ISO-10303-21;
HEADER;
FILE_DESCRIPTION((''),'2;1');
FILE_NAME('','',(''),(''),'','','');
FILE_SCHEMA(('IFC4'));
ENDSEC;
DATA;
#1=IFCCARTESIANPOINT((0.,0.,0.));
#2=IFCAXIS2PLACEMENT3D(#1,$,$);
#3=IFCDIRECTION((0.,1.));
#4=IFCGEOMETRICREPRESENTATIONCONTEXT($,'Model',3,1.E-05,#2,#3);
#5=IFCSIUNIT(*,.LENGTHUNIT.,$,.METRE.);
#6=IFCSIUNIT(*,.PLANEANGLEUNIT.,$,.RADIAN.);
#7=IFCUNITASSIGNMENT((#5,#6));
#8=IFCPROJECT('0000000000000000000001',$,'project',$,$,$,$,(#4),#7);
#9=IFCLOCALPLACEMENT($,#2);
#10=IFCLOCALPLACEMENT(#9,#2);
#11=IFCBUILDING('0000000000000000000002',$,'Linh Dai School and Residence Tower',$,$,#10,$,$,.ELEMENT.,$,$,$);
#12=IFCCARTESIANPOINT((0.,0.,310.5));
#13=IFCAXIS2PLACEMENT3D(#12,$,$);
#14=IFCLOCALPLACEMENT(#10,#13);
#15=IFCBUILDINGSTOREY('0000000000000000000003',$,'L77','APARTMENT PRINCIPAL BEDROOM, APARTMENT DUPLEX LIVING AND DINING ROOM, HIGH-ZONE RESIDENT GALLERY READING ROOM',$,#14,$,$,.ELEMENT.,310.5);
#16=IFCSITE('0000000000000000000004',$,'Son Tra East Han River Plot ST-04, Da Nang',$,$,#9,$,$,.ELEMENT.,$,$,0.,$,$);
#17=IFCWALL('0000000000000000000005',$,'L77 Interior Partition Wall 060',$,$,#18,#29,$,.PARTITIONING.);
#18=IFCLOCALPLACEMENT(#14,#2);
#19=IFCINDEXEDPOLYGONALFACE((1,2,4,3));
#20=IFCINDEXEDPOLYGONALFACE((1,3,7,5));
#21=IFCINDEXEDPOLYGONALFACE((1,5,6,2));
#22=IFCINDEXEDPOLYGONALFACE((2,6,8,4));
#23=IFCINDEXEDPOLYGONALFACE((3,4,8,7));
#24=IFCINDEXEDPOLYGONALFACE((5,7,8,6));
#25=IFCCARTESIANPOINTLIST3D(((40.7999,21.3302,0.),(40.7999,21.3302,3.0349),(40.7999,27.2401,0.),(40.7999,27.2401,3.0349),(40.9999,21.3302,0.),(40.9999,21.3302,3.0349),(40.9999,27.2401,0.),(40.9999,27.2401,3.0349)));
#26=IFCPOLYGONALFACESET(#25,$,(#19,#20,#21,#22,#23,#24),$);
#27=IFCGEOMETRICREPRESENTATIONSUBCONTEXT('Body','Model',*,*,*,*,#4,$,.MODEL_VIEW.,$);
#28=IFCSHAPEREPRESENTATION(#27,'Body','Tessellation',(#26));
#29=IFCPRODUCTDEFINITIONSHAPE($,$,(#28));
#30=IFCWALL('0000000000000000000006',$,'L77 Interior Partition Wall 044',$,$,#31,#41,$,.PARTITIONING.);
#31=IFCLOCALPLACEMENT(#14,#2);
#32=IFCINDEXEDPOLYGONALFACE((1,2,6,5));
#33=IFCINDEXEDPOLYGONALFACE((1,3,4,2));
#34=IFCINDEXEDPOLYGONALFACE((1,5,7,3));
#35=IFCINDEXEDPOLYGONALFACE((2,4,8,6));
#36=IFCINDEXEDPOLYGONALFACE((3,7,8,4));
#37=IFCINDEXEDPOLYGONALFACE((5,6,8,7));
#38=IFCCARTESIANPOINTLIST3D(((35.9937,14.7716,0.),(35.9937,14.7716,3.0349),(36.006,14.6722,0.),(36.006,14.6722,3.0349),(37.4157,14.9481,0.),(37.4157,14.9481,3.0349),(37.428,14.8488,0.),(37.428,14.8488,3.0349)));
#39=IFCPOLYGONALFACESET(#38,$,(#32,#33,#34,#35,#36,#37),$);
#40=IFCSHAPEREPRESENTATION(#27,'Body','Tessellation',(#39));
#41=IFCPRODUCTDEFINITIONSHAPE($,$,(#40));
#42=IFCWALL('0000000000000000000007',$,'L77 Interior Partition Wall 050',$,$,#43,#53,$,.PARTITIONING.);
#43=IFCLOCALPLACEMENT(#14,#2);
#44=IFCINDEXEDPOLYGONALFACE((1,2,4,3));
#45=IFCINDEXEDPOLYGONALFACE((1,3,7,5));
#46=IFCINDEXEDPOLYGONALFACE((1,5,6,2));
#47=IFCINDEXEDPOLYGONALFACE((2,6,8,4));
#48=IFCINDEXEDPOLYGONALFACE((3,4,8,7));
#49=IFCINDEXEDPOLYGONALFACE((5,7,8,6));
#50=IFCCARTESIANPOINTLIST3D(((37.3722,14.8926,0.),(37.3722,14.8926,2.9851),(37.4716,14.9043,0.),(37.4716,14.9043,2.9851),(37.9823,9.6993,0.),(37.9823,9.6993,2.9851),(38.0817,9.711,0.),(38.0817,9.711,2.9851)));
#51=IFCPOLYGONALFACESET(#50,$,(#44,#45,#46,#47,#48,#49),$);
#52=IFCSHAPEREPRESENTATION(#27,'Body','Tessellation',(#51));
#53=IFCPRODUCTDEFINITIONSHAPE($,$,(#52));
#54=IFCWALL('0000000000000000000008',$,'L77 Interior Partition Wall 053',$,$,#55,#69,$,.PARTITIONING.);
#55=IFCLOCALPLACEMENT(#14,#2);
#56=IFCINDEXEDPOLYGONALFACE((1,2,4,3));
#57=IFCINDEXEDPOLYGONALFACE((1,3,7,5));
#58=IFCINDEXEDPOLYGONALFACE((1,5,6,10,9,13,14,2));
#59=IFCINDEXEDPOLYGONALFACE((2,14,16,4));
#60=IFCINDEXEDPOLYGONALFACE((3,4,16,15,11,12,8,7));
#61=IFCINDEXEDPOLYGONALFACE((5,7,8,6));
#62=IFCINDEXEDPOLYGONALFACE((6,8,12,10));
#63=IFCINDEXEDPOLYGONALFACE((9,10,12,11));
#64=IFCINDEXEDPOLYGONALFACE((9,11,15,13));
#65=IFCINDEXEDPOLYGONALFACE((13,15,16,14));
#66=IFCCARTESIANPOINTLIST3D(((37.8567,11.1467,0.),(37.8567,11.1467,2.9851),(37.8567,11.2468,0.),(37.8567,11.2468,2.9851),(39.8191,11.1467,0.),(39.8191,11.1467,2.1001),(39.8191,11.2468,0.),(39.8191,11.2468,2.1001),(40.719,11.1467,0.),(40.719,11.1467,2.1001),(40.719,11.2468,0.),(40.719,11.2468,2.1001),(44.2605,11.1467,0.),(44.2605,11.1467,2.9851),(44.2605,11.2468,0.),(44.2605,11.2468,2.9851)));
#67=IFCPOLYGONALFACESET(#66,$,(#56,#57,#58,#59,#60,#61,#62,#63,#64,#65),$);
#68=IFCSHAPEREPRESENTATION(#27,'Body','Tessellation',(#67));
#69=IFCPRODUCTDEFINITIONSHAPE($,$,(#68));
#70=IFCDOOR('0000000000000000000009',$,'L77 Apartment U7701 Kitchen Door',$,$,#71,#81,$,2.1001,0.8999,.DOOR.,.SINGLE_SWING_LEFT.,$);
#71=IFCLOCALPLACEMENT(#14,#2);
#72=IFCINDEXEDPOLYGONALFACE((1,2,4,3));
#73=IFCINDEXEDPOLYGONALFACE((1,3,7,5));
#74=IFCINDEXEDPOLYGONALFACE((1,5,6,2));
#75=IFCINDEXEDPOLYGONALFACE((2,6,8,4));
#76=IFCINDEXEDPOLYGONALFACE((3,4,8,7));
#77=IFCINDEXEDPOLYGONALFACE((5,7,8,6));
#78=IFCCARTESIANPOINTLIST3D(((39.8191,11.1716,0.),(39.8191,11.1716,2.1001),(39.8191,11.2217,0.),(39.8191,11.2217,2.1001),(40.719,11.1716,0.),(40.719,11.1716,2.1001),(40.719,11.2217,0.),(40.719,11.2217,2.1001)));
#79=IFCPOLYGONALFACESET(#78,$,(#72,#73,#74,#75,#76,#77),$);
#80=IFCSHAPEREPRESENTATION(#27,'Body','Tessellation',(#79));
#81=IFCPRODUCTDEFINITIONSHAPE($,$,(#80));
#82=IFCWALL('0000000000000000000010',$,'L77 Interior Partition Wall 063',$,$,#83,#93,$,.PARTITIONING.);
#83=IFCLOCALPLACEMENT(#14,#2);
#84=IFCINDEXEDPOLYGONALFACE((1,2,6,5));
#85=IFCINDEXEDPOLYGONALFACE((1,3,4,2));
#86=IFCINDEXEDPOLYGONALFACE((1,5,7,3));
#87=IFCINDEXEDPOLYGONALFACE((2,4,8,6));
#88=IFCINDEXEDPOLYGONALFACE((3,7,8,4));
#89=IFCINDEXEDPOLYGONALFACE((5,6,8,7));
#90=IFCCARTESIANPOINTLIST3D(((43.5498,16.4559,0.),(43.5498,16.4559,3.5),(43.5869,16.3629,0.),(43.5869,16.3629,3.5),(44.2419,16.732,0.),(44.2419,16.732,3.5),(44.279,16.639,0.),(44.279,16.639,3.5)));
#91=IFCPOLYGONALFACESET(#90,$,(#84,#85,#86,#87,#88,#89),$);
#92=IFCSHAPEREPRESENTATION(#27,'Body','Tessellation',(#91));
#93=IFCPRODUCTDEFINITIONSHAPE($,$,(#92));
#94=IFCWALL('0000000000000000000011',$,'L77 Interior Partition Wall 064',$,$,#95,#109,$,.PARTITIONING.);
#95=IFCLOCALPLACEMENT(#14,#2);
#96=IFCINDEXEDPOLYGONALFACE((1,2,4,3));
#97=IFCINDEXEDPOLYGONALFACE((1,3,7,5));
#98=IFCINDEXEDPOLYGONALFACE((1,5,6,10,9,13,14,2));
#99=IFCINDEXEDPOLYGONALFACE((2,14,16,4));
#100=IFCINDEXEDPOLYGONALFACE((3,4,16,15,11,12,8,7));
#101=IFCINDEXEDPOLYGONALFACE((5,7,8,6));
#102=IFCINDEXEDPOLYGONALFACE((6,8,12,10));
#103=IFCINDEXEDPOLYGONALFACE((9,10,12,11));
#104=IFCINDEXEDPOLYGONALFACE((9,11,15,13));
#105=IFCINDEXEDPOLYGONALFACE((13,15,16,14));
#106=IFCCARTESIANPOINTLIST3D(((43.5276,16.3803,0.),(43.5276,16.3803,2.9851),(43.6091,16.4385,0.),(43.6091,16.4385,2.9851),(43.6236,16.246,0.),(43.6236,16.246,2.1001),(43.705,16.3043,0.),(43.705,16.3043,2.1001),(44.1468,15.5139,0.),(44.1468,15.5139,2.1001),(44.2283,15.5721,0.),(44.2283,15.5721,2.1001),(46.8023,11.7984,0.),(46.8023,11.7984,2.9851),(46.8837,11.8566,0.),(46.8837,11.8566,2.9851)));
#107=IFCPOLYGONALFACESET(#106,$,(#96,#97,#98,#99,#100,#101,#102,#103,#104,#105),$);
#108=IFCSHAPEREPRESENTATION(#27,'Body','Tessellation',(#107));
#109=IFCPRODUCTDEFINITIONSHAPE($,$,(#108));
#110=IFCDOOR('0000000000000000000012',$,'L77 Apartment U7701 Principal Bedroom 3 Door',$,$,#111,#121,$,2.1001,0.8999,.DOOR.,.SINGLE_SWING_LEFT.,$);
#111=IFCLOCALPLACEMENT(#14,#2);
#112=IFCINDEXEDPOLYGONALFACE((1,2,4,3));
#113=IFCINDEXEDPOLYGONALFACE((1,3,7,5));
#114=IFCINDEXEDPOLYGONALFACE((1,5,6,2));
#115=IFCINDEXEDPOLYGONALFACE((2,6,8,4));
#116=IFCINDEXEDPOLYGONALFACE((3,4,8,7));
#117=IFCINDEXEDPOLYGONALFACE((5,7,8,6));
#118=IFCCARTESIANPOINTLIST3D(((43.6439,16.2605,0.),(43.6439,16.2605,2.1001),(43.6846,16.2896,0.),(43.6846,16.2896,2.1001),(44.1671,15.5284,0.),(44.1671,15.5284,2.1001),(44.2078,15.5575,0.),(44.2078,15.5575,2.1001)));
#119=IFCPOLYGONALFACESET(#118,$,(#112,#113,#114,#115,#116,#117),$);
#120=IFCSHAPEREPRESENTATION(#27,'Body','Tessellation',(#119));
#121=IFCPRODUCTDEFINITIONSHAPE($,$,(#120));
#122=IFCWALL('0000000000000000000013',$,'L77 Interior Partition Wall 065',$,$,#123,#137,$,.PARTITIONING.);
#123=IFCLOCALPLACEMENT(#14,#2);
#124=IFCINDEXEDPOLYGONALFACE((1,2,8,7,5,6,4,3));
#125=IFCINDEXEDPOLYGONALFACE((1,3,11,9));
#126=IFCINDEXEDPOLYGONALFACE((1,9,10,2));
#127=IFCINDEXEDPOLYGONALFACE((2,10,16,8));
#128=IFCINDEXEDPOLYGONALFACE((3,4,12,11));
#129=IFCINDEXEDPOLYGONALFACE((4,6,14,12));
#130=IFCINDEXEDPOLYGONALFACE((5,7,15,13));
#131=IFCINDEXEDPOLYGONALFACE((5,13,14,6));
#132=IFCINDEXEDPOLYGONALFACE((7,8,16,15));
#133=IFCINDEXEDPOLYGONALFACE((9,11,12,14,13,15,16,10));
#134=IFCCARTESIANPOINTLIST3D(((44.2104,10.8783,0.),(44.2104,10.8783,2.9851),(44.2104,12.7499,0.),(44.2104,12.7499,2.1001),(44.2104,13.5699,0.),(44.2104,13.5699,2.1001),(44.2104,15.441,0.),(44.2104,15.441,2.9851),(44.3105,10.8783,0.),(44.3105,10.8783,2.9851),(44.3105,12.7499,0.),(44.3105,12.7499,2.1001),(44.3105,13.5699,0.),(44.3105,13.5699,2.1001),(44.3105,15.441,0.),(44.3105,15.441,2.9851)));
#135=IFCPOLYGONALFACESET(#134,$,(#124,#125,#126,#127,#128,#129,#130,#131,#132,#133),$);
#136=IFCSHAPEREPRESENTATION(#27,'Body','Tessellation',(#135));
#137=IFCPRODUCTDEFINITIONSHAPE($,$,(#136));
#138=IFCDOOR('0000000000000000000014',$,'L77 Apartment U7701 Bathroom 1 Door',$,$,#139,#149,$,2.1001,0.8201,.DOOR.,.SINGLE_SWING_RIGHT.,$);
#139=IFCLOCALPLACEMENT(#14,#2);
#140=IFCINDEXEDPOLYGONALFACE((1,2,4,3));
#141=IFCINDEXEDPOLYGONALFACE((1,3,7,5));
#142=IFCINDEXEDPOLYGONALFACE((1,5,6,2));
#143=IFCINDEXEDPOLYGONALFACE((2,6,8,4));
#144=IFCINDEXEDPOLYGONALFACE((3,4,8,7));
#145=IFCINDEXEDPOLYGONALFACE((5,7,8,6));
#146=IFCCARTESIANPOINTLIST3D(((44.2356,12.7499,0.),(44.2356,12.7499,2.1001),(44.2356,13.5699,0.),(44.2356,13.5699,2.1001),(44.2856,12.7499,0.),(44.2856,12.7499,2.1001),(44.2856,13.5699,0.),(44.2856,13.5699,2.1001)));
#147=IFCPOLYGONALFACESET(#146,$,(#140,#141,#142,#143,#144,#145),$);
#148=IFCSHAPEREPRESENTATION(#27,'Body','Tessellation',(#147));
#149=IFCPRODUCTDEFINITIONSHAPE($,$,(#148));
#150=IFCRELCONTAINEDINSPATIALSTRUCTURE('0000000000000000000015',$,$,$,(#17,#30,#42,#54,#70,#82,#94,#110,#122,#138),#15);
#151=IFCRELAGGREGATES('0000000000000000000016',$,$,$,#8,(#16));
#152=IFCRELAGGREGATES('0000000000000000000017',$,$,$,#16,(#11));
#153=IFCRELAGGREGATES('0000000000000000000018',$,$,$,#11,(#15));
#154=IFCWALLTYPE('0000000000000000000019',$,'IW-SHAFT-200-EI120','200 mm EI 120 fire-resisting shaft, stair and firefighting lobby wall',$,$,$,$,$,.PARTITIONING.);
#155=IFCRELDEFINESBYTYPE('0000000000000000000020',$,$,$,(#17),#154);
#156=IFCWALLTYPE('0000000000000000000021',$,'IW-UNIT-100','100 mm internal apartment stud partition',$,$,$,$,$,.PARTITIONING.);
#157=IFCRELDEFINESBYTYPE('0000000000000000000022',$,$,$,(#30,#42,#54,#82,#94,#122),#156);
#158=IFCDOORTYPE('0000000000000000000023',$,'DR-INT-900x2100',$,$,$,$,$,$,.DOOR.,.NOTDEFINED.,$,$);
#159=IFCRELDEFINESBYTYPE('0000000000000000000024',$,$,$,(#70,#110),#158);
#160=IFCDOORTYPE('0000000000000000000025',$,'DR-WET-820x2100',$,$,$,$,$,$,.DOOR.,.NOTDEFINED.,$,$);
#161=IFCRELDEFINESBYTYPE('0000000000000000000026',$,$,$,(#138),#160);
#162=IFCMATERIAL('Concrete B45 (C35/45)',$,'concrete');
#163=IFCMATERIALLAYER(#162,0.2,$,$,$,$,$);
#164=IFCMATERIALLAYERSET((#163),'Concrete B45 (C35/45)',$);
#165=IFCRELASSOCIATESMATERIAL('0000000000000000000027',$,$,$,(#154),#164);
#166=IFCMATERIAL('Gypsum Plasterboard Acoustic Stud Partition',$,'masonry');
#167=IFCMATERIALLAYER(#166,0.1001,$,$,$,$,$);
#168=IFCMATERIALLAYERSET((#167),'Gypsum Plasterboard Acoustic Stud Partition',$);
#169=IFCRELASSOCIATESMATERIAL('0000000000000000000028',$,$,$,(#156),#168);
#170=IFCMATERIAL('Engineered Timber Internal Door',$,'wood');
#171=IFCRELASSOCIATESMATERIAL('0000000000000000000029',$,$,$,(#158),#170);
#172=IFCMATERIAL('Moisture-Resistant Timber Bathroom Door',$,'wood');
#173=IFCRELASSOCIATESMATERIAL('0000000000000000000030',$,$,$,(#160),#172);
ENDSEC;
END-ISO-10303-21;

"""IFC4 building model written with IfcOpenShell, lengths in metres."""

from ifc_helpers import new_model, si_unit, direction, frame, frame_2d, origin, origin_2d, place, context, subcontext, project, spatial, rectangle, extrude, source, transform, mapped, material, layer, layer_set, type_object, element, fill, save


model = new_model("IFC4")

# Units and contexts
model_context = context("Model", 3, precision=1e-05, world=origin(), true_north=direction((0.0, 1.0)))
body_context = subcontext(model_context, "Body", "Model", "MODEL_VIEW")
ifc_project = project(units=[si_unit("LENGTHUNIT", "METRE"), si_unit("PLANEANGLEUNIT", "RADIAN")], contexts=[model_context])

# Site, building, storey
site_placement = place(None, origin())
site = spatial("IfcSite", under=ifc_project, at=site_placement, Name="Son Tra East Han River Plot ST-04, Da Nang", CompositionType="ELEMENT", RefElevation=0.0)
building_placement = place(site_placement, origin())
building = spatial("IfcBuilding", under=site, at=building_placement, Name="Linh Dai School and Residence Tower", CompositionType="ELEMENT")
storey_placement = place(building_placement, frame((0.0, 0.0, 310.5)))
storey = spatial("IfcBuildingStorey", under=building, at=storey_placement, Name="L77", Description="APARTMENT PRINCIPAL BEDROOM, APARTMENT DUPLEX LIVING AND DINING ROOM, HIGH-ZONE RESIDENT GALLERY READING ROOM", CompositionType="ELEMENT", Elevation=310.5)

# Walls
ifc_material_1 = material(Name="Concrete B45 (C35/45)", Category="concrete")
ifc_layer_1 = layer(ifc_material_1, 0.2)
ifc_layer_set_1 = layer_set([ifc_layer_1], Name="Concrete B45 (C35/45)")
wall_type_1 = type_object("IfcWallType", Name="IW-SHAFT-200-EI120", Description="200 mm EI 120 fire-resisting shaft, stair and firefighting lobby wall", PredefinedType="PARTITIONING", material=ifc_layer_set_1)
wall_1_placement = place(storey_placement, frame((40.8999, 21.3301, 0.0), z_axis=(0.0, 0.0, 1.0), x_axis=(0.0, 1.0, 0.0)))
element("IfcWall", 1, at=wall_1_placement, inside=storey, type_object=wall_type_1, Name="L77 Interior Partition Wall 060", PredefinedType="PARTITIONING", context=body_context, shape_type="SweptSolid", body=[
    extrude(rectangle(XDim=5.9099, YDim=0.2, at=frame_2d((2.9551, 0.0))), origin(), (0.0, 0.0, 1.0), 3.0349),
])
ifc_material_2 = material(Name="Gypsum Plasterboard Acoustic Stud Partition", Category="masonry")
ifc_layer_2 = layer(ifc_material_2, 0.1001)
ifc_layer_set_2 = layer_set([ifc_layer_2], Name="Gypsum Plasterboard Acoustic Stud Partition")
wall_type_2 = type_object("IfcWallType", Name="IW-UNIT-100", Description="100 mm internal apartment stud partition", PredefinedType="PARTITIONING", material=ifc_layer_set_2)
wall_2_placement = place(storey_placement, frame((36.0, 14.7219, 0.0), z_axis=(0.0, 0.0, 1.0), x_axis=(0.992382, 0.123196, 0.0)))
element("IfcWall", 2, at=wall_2_placement, inside=storey, type_object=wall_type_2, Name="L77 Interior Partition Wall 044", PredefinedType="PARTITIONING", context=body_context, shape_type="SweptSolid", body=[
    extrude(rectangle(XDim=1.4329, YDim=0.1001, at=frame_2d((0.7163, 0.0))), origin(), (0.0, 0.0, 1.0), 3.0349),
])
wall_3_placement = place(storey_placement, frame((37.4219, 14.8984, 0.0), z_axis=(0.0, 0.0, 1.0), x_axis=(0.116676, -0.99317, 0.0)))
element("IfcWall", 3, at=wall_3_placement, inside=storey, type_object=wall_type_2, Name="L77 Interior Partition Wall 050", PredefinedType="PARTITIONING", context=body_context, shape_type="SweptSolid", body=[
    extrude(rectangle(XDim=5.229, YDim=0.1001, at=frame_2d((2.6145, 0.0))), origin(), (0.0, 0.0, 1.0), 2.9851),
])

# Wall, opening, door
wall_4_placement = place(storey_placement, frame((37.8567, 11.1968, 0.0), z_axis=(0.0, 0.0, 1.0), x_axis=(1.0, 0.0, 0.0)))
wall_4 = element("IfcWall", 4, at=wall_4_placement, inside=storey, type_object=wall_type_2, Name="L77 Interior Partition Wall 053", PredefinedType="PARTITIONING", context=body_context, shape_type="SweptSolid", body=[
    extrude(rectangle(XDim=6.4038, YDim=0.1001, at=frame_2d((3.2019, 0.0))), origin(), (0.0, 0.0, 1.0), 2.9851),
])
opening_1_placement = place(wall_4_placement, frame((1.9624, 0.0, 0.0)))
opening_1 = element("IfcOpeningElement", 5, at=opening_1_placement, cuts=wall_4, PredefinedType="OPENING", context=body_context, shape_type="SweptSolid", body=[
    extrude(rectangle(XDim=0.8999, YDim=2.1001, at=origin_2d()), frame((0.45, 0.0601, 1.05), z_axis=(0.0, -1.0, 0.0), x_axis=(1.0, 0.0, 0.0)), (0.0, 0.0, 1.0), 0.1201),
])
ifc_material_3 = material(Name="Engineered Timber Internal Door", Category="wood")
door_type_1 = type_object("IfcDoorType", Name="DR-INT-900x2100", OperationType="NOTDEFINED", PredefinedType="DOOR", material=ifc_material_3)
shared_shape_1 = source(origin(), body_context, "Body", "SweptSolid", [
    extrude(rectangle(XDim=0.8999, YDim=2.1001, at=origin_2d()), frame((0.45, 0.0249, 1.05), z_axis=(0.0, -1.0, 0.0), x_axis=(1.0, 0.0, 0.0)), (0.0, 0.0, 1.0), 0.05),
])
door_1_placement = place(opening_1_placement, origin())
door_1 = element("IfcDoor", 6, at=door_1_placement, inside=storey, type_object=door_type_1, Name="L77 Apartment U7701 Kitchen Door", OperationType="SINGLE_SWING_LEFT", OverallHeight=2.1001, OverallWidth=0.8999, PredefinedType="DOOR", context=body_context, shape_type="MappedRepresentation", body=[
    mapped(shared_shape_1, transform((0.0, 0.0, 0.0), x_axis=(1.0, 0.0, 0.0), y_axis=(0.0, 1.0, 0.0), z_axis=(0.0, 0.0, 1.0), scale=1.0)),
])
fill(opening_1, door_1)

# Wall
wall_5_placement = place(storey_placement, frame((43.5684, 16.4094, 0.0), z_axis=(0.0, 0.0, 1.0), x_axis=(0.928815, 0.370543, 0.0)))
element("IfcWall", 7, at=wall_5_placement, inside=storey, type_object=wall_type_2, Name="L77 Interior Partition Wall 063", PredefinedType="PARTITIONING", context=body_context, shape_type="SweptSolid", body=[
    extrude(rectangle(XDim=0.7451, YDim=0.1001, at=frame_2d((0.3726, 0.0))), origin(), (0.0, 0.0, 1.0), 3.5),
])

# Walls, openings, doors
wall_6_placement = place(storey_placement, frame((43.5684, 16.4094, 0.0), z_axis=(0.0, 0.0, 1.0), x_axis=(0.581447, -0.813584, 0.0)))
wall_6 = element("IfcWall", 8, at=wall_6_placement, inside=storey, type_object=wall_type_2, Name="L77 Interior Partition Wall 064", PredefinedType="PARTITIONING", context=body_context, shape_type="SweptSolid", body=[
    extrude(rectangle(XDim=5.6318, YDim=0.1001, at=frame_2d((2.8159, 0.0))), origin(), (0.0, 0.0, 1.0), 2.9851),
])
opening_2_placement = place(wall_6_placement, frame((0.165, 0.0, 0.0)))
opening_2 = element("IfcOpeningElement", 9, at=opening_2_placement, cuts=wall_6, PredefinedType="OPENING", context=body_context, shape_type="SweptSolid", body=[
    extrude(rectangle(XDim=0.8999, YDim=2.1001, at=origin_2d()), frame((0.45, 0.0601, 1.05), z_axis=(0.0, -1.0, 0.0), x_axis=(1.0, 0.0, 0.0)), (0.0, 0.0, 1.0), 0.1201),
])
door_2_placement = place(opening_2_placement, origin())
door_2 = element("IfcDoor", 10, at=door_2_placement, inside=storey, type_object=door_type_1, Name="L77 Apartment U7701 Principal Bedroom 3 Door", OperationType="SINGLE_SWING_LEFT", OverallHeight=2.1001, OverallWidth=0.8999, PredefinedType="DOOR", context=body_context, shape_type="MappedRepresentation", body=[
    mapped(shared_shape_1, transform((0.0, 0.0, 0.0), x_axis=(1.0, 0.0, 0.0), y_axis=(0.0, 1.0, 0.0), z_axis=(0.0, 0.0, 1.0), scale=1.0)),
])
fill(opening_2, door_2)
wall_7_placement = place(storey_placement, frame((44.2605, 10.8784, 0.0), z_axis=(0.0, 0.0, 1.0), x_axis=(0.0, 1.0, 0.0)))
wall_7 = element("IfcWall", 11, at=wall_7_placement, inside=storey, type_object=wall_type_2, Name="L77 Interior Partition Wall 065", PredefinedType="PARTITIONING", context=body_context, shape_type="SweptSolid", body=[
    extrude(rectangle(XDim=4.5627, YDim=0.1001, at=frame_2d((2.2812, 0.0))), origin(), (0.0, 0.0, 1.0), 2.9851),
])
opening_3_placement = place(wall_7_placement, frame((1.8713, 0.0, 0.0)))
opening_3 = element("IfcOpeningElement", 12, at=opening_3_placement, cuts=wall_7, PredefinedType="OPENING", context=body_context, shape_type="SweptSolid", body=[
    extrude(rectangle(XDim=0.8201, YDim=2.1001, at=origin_2d()), frame((0.4102, 0.0601, 1.05), z_axis=(0.0, -1.0, 0.0), x_axis=(1.0, 0.0, 0.0)), (0.0, 0.0, 1.0), 0.1201),
])
ifc_material_4 = material(Name="Moisture-Resistant Timber Bathroom Door", Category="wood")
door_type_2 = type_object("IfcDoorType", Name="DR-WET-820x2100", OperationType="NOTDEFINED", PredefinedType="DOOR", material=ifc_material_4)
shared_shape_2 = source(origin(), body_context, "Body", "SweptSolid", [
    extrude(rectangle(XDim=0.8201, YDim=2.1001, at=origin_2d()), frame((0.4102, 0.0249, 1.05), z_axis=(0.0, -1.0, 0.0), x_axis=(1.0, 0.0, 0.0)), (0.0, 0.0, 1.0), 0.05),
])
door_3_placement = place(opening_3_placement, origin())
door_3 = element("IfcDoor", 13, at=door_3_placement, inside=storey, type_object=door_type_2, Name="L77 Apartment U7701 Bathroom 1 Door", OperationType="SINGLE_SWING_RIGHT", OverallHeight=2.1001, OverallWidth=0.8201, PredefinedType="DOOR", context=body_context, shape_type="MappedRepresentation", body=[
    mapped(shared_shape_2, transform((0.0, 0.0, 0.0), x_axis=(1.0, 0.0, 0.0), y_axis=(0.0, 1.0, 0.0), z_axis=(0.0, 0.0, 1.0), scale=1.0)),
])
fill(opening_3, door_3)

save(model, "model.ifc")
